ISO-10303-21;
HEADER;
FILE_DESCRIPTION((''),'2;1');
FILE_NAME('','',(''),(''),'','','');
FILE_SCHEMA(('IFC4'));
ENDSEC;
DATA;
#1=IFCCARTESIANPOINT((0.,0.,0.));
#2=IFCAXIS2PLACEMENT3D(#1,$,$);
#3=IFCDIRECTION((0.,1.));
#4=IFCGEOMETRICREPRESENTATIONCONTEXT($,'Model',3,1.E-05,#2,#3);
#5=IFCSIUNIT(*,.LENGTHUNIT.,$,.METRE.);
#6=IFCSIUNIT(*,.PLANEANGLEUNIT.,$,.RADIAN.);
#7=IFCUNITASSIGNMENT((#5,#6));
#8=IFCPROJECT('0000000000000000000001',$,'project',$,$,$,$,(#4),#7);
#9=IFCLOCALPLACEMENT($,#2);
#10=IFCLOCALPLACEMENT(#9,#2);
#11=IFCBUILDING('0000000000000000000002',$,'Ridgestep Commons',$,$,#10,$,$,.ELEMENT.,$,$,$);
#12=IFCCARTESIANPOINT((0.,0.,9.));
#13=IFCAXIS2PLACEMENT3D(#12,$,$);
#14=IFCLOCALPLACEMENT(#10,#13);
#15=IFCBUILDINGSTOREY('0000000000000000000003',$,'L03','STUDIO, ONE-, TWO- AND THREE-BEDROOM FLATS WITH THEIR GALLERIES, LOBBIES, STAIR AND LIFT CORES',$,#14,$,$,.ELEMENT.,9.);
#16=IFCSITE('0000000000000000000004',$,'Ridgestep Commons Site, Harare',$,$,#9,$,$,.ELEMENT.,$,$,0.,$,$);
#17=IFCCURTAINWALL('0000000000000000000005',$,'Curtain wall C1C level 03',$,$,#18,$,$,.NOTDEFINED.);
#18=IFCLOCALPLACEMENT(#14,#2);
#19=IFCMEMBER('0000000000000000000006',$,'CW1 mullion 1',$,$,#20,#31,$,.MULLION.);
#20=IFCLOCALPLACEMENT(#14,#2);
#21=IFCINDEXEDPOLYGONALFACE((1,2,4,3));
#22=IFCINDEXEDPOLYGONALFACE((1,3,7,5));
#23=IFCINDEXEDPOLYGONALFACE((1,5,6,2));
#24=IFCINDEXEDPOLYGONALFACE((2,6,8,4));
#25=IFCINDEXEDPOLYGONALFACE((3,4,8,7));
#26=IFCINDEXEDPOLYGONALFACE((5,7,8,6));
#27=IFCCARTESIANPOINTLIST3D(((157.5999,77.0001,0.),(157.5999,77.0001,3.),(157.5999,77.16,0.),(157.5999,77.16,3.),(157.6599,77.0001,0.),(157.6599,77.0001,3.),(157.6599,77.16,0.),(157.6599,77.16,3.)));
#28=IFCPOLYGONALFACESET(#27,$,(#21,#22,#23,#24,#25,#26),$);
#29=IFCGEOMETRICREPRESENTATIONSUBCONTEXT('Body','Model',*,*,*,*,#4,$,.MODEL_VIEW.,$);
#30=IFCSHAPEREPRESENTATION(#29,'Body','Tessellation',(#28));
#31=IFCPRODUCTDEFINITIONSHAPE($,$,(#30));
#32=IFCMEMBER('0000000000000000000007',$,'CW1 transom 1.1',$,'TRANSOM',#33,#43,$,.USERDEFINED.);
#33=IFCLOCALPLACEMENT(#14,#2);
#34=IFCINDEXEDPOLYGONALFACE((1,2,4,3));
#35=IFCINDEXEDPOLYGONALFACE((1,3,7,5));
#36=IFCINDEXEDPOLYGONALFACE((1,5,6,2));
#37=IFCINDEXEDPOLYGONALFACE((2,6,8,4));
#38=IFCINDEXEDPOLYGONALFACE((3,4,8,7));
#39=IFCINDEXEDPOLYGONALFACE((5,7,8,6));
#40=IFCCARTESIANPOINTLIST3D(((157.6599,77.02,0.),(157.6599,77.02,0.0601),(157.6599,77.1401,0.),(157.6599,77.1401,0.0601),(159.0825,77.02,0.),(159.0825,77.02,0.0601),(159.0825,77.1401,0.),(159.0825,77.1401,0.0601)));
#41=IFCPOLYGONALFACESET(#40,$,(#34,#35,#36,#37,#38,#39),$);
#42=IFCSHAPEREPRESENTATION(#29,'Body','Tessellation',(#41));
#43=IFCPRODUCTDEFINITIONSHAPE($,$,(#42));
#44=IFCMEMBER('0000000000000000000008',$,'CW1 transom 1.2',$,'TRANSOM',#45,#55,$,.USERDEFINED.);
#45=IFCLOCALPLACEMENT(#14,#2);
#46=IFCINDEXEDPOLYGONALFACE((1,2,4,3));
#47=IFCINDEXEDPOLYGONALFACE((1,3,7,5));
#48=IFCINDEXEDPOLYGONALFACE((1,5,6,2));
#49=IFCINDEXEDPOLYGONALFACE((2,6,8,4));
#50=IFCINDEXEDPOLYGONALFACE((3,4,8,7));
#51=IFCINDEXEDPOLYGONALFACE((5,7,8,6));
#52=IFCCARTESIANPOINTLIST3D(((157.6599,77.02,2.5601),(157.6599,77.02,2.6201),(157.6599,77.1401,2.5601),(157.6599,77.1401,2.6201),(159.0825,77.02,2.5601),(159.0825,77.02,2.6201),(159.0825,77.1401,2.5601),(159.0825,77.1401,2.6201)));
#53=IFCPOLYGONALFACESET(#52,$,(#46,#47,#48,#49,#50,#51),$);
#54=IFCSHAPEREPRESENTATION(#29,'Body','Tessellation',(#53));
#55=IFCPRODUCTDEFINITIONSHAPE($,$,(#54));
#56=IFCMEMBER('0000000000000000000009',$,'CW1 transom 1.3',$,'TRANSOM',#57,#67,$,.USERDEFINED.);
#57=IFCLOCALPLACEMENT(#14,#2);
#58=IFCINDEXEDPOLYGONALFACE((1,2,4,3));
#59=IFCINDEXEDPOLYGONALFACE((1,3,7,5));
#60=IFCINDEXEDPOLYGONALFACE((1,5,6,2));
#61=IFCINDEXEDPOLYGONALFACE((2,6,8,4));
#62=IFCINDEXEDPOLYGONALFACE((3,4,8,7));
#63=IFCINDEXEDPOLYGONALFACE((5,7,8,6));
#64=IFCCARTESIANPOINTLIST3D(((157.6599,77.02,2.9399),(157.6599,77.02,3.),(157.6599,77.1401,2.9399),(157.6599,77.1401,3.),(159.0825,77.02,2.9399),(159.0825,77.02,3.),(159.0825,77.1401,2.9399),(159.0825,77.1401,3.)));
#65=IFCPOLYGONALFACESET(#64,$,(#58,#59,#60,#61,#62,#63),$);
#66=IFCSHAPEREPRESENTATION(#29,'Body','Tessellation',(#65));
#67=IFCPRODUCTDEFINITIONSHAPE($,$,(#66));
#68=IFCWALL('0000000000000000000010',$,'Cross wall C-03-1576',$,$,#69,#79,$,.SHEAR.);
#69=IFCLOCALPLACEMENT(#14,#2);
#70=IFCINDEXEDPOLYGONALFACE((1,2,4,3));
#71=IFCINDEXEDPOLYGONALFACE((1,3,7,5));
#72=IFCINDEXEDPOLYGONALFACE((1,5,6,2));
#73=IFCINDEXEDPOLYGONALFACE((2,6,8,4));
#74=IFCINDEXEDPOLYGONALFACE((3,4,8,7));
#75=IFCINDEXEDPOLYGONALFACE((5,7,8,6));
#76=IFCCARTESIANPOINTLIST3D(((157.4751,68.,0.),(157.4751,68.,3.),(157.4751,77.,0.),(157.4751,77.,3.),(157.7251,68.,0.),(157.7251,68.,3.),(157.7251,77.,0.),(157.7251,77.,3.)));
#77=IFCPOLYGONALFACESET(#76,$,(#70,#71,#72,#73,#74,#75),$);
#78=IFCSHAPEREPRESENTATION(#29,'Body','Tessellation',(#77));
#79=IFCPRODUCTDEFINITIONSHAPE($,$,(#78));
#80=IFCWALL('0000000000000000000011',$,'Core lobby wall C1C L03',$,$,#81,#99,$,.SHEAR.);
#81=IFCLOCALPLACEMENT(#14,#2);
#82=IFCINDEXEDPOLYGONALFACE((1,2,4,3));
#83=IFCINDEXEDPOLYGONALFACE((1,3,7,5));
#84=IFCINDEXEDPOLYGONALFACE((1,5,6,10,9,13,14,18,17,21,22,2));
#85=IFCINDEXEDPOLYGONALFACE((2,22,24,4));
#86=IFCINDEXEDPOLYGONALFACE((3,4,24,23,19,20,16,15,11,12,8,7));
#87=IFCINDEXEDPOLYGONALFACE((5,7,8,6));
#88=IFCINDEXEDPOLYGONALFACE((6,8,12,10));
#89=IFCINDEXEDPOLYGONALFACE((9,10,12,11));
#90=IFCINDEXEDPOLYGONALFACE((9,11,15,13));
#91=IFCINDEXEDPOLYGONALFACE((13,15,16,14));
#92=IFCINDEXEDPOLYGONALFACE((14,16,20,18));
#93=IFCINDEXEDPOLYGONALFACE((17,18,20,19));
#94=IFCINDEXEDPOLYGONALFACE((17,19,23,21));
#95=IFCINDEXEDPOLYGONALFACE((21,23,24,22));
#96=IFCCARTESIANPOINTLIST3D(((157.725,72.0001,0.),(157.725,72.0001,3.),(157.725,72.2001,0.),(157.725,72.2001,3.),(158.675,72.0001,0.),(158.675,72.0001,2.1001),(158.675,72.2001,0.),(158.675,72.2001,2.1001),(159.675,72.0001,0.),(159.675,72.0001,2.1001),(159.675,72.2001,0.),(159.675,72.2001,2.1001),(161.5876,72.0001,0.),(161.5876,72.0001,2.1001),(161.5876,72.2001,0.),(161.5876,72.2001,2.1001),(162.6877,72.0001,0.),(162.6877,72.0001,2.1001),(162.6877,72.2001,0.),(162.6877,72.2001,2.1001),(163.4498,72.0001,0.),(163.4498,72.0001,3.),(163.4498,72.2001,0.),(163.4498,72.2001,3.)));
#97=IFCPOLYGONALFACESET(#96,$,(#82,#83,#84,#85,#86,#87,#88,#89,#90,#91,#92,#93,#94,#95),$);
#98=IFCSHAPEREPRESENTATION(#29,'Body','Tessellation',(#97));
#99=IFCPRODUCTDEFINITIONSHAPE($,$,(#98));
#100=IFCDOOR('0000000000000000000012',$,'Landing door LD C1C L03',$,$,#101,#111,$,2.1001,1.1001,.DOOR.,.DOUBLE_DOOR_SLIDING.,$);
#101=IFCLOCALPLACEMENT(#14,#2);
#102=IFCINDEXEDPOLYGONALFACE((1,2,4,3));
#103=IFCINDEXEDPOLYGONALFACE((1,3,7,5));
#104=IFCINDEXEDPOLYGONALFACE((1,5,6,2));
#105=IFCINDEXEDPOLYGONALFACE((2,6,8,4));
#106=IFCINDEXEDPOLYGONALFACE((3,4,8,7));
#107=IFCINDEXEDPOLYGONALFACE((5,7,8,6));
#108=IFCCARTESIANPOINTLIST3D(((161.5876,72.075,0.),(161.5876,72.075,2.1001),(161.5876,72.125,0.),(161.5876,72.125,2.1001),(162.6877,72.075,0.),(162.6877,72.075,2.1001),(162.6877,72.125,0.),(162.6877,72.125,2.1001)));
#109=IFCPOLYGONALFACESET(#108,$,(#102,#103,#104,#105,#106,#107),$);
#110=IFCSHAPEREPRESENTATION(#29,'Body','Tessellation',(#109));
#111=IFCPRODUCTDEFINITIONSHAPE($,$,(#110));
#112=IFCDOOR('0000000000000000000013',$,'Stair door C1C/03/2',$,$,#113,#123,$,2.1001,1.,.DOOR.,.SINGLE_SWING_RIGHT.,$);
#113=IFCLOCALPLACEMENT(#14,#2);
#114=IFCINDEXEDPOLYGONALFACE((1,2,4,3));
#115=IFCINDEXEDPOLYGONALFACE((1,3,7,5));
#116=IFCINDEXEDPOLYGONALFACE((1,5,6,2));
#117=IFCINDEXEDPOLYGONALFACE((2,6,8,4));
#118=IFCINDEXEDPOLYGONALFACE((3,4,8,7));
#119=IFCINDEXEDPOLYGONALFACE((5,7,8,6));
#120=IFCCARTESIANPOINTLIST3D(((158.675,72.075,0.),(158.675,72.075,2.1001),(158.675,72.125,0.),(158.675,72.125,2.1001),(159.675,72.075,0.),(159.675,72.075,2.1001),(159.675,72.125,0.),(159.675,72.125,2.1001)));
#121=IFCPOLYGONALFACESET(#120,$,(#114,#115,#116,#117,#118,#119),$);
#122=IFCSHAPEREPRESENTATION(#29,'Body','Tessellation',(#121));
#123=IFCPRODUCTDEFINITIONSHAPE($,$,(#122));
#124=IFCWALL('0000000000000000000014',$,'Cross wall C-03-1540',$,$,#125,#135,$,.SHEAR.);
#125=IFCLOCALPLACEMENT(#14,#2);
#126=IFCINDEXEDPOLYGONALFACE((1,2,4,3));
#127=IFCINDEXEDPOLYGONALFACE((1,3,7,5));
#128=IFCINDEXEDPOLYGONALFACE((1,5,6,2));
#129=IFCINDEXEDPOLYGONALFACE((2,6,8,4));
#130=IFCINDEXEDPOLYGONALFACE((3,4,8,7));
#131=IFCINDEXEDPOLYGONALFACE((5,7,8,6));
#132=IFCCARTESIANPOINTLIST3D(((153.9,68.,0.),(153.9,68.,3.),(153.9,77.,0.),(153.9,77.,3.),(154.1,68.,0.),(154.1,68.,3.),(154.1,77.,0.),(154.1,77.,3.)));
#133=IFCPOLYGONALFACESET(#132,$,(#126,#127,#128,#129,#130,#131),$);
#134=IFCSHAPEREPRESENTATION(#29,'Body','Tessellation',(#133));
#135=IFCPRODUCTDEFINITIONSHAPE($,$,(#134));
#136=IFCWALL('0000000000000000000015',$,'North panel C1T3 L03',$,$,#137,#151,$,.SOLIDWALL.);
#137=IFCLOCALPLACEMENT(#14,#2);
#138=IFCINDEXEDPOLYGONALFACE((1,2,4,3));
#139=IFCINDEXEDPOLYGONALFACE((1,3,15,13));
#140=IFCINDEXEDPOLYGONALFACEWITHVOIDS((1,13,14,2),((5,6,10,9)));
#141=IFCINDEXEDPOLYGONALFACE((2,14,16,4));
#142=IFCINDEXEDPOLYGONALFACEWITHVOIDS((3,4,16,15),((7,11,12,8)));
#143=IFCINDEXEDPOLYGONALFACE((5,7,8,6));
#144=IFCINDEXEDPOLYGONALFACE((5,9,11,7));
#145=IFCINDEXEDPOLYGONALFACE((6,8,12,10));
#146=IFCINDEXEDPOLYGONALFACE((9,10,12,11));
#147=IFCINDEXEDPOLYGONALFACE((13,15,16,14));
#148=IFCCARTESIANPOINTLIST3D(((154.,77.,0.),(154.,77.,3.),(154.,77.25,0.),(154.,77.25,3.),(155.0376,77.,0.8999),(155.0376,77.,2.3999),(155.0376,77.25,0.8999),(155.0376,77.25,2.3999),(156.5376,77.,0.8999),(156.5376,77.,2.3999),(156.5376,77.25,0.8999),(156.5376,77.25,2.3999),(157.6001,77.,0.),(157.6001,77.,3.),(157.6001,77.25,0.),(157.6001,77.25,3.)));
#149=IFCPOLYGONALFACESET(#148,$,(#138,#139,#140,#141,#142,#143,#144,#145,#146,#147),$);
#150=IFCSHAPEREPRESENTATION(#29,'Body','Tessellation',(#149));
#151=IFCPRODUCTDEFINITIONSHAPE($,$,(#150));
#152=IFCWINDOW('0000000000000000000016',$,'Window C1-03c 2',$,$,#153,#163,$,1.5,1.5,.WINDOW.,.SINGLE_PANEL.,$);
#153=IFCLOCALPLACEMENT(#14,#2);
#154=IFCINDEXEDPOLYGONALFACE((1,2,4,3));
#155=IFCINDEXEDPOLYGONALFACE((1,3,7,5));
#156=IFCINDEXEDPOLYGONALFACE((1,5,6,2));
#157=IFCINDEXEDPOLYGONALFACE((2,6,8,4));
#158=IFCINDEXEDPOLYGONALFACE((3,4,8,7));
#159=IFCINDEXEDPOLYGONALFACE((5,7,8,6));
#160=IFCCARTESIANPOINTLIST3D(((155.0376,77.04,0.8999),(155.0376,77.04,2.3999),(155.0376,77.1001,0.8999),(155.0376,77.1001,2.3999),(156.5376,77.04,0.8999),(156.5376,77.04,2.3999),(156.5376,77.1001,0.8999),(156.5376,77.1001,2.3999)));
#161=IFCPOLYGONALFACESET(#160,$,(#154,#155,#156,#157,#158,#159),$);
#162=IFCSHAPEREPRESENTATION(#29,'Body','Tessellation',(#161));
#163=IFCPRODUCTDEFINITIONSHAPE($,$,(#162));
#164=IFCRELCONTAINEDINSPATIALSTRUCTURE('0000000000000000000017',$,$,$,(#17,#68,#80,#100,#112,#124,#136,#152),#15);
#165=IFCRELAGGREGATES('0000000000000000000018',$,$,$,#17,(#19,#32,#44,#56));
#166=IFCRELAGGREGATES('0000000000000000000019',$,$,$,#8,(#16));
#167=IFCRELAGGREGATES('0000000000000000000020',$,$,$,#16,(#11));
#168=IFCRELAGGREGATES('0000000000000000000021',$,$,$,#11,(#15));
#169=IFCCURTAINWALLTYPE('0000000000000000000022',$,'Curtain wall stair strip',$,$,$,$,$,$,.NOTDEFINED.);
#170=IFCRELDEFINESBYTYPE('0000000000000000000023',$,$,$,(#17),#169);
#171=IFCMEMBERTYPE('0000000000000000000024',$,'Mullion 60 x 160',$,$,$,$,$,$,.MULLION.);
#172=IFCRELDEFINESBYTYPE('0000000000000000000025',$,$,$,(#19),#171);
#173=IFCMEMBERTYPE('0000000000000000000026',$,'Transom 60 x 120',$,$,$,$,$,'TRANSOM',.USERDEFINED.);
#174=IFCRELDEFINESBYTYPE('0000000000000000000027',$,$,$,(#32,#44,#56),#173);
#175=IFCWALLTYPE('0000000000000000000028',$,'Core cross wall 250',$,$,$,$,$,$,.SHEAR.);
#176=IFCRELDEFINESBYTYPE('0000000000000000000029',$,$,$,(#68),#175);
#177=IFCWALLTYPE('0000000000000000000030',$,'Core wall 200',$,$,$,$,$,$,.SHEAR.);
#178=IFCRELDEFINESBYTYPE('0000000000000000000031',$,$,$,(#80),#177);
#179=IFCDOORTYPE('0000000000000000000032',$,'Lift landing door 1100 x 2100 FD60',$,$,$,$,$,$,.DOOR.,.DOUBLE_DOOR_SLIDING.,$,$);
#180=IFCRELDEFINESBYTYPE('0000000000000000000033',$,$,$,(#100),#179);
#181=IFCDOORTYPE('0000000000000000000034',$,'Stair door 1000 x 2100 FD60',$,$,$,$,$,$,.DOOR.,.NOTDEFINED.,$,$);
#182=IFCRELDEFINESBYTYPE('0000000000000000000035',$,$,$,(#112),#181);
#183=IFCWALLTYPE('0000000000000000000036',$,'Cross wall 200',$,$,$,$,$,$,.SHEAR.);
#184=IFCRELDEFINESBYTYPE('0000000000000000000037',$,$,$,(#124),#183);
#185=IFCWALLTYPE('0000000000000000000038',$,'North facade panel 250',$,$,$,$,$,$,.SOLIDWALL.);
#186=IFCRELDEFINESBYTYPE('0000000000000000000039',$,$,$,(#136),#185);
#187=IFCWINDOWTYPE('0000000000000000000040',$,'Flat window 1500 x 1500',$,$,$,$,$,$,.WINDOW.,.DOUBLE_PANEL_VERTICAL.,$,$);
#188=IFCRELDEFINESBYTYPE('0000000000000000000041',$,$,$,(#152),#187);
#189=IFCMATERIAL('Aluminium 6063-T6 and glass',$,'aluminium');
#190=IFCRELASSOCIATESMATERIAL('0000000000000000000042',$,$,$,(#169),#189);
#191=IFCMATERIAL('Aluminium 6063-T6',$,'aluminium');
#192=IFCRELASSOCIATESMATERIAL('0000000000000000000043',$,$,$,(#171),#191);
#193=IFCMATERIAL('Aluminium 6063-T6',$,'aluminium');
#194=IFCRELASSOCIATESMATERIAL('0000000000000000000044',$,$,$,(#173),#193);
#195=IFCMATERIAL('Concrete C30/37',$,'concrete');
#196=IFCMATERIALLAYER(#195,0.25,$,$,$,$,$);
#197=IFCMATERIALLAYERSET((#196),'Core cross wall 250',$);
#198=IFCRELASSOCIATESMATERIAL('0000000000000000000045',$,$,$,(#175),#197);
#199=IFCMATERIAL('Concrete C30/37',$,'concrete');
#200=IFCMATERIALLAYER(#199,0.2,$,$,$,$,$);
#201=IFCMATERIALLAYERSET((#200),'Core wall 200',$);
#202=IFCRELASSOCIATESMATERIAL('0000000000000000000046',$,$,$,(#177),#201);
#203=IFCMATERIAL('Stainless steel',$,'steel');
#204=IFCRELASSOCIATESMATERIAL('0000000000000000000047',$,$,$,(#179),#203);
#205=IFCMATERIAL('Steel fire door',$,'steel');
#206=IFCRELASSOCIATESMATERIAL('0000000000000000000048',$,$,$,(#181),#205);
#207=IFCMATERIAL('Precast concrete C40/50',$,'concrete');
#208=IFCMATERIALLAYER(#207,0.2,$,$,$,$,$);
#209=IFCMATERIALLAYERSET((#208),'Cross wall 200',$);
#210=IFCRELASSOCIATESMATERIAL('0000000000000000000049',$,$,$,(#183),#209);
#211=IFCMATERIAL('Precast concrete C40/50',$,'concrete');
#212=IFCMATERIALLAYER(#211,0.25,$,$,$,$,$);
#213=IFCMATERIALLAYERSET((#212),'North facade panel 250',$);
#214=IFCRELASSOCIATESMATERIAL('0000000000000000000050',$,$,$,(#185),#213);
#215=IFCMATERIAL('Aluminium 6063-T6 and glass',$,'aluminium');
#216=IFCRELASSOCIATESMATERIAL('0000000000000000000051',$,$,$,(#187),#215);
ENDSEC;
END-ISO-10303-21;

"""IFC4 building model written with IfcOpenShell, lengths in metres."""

from ifc_helpers import new_model, si_unit, direction, frame, frame_2d, origin, origin_2d, place, context, subcontext, project, spatial, rectangle, extrude, material, layer, layer_set, material_profile, profile_set, type_object, element, fill, aggregate, save


model = new_model("IFC4")

# Units and contexts
model_context = context("Model", 3, precision=1e-05, world=origin(), true_north=direction((0.0, 1.0)))
body_context = subcontext(model_context, "Body", "Model", "MODEL_VIEW")
ifc_project = project(units=[si_unit("LENGTHUNIT", "METRE"), si_unit("PLANEANGLEUNIT", "RADIAN")], contexts=[model_context])

# Site, building, storey
site_placement = place(None, origin())
site = spatial("IfcSite", under=ifc_project, at=site_placement, Name="Ridgestep Commons Site, Harare", CompositionType="ELEMENT", RefElevation=0.0)
building_placement = place(site_placement, origin())
building = spatial("IfcBuilding", under=site, at=building_placement, Name="Ridgestep Commons", CompositionType="ELEMENT")
storey_placement = place(building_placement, frame((0.0, 0.0, 9.0)))
storey = spatial("IfcBuildingStorey", under=building, at=storey_placement, Name="L03", Description="STUDIO, ONE-, TWO- AND THREE-BEDROOM FLATS WITH THEIR GALLERIES, LOBBIES, STAIR AND LIFT CORES", CompositionType="ELEMENT", Elevation=9.0)

# Curtain wall, members
ifc_material_1 = material(Name="Aluminium 6063-T6 and glass", Category="aluminium")
curtain_wall_type = type_object("IfcCurtainWallType", Name="Curtain wall stair strip", PredefinedType="NOTDEFINED", material=ifc_material_1)
curtain_wall_placement = place(storey_placement, origin())
curtain_wall = element("IfcCurtainWall", 1, at=curtain_wall_placement, inside=storey, type_object=curtain_wall_type, Name="Curtain wall C1C level 03", PredefinedType="NOTDEFINED")
ifc_material_2 = material(Name="Aluminium 6063-T6", Category="aluminium")
ifc_material_profile_1 = material_profile(ifc_material_2, rectangle(XDim=0.1599, YDim=0.0601, at=origin_2d()), Name="Mullion 60 x 160")
ifc_profile_set_1 = profile_set([ifc_material_profile_1], Name="Aluminium 6063-T6")
member_type_1 = type_object("IfcMemberType", Name="Mullion 60 x 160", PredefinedType="MULLION", material=ifc_profile_set_1)
member_1_placement = place(storey_placement, frame((157.6299, 77.0801, 0.0), z_axis=(0.0, 0.0, 1.0), x_axis=(0.0, 1.0, 0.0)))
member_1 = element("IfcMember", 2, at=member_1_placement, type_object=member_type_1, Name="CW1 mullion 1", PredefinedType="MULLION", context=body_context, shape_type="SweptSolid", body=[
    extrude(rectangle(XDim=0.1599, YDim=0.0601, at=origin_2d()), origin(), (0.0, 0.0, 1.0), 3.0),
])
ifc_material_3 = material(Name="Aluminium 6063-T6", Category="aluminium")
ifc_material_profile_2 = material_profile(ifc_material_3, rectangle(XDim=0.1201, YDim=0.0601, at=origin_2d()), Name="Transom 60 x 120")
ifc_profile_set_2 = profile_set([ifc_material_profile_2], Name="Aluminium 6063-T6")
member_type_2 = type_object("IfcMemberType", Name="Transom 60 x 120", ElementType="TRANSOM", PredefinedType="USERDEFINED", material=ifc_profile_set_2)
member_2_placement = place(storey_placement, frame((157.6599, 77.0801, 0.03), z_axis=(1.0, 0.0, 0.0), x_axis=(0.0, 1.0, 0.0)))
member_2 = element("IfcMember", 3, at=member_2_placement, type_object=member_type_2, Name="CW1 transom 1.1", ObjectType="TRANSOM", PredefinedType="USERDEFINED", context=body_context, shape_type="SweptSolid", body=[
    extrude(rectangle(XDim=0.1201, YDim=0.0601, at=origin_2d()), origin(), (0.0, 0.0, 1.0), 1.4226),
])
member_3_placement = place(storey_placement, frame((157.6599, 77.0801, 2.5901), z_axis=(1.0, 0.0, 0.0), x_axis=(0.0, 1.0, 0.0)))
member_3 = element("IfcMember", 4, at=member_3_placement, type_object=member_type_2, Name="CW1 transom 1.2", ObjectType="TRANSOM", PredefinedType="USERDEFINED", context=body_context, shape_type="SweptSolid", body=[
    extrude(rectangle(XDim=0.1201, YDim=0.0601, at=origin_2d()), origin(), (0.0, 0.0, 1.0), 1.4226),
])
member_4_placement = place(storey_placement, frame((157.6599, 77.0801, 2.97), z_axis=(1.0, 0.0, 0.0), x_axis=(0.0, 1.0, 0.0)))
member_4 = element("IfcMember", 5, at=member_4_placement, type_object=member_type_2, Name="CW1 transom 1.3", ObjectType="TRANSOM", PredefinedType="USERDEFINED", context=body_context, shape_type="SweptSolid", body=[
    extrude(rectangle(XDim=0.1201, YDim=0.0601, at=origin_2d()), origin(), (0.0, 0.0, 1.0), 1.4226),
])
aggregate(curtain_wall, [member_1, member_2, member_3, member_4])

# Wall
ifc_material_4 = material(Name="Concrete C30/37", Category="concrete")
ifc_layer_1 = layer(ifc_material_4, 0.25)
ifc_layer_set_1 = layer_set([ifc_layer_1], Name="Core cross wall 250")
wall_type_1 = type_object("IfcWallType", Name="Core cross wall 250", PredefinedType="SHEAR", material=ifc_layer_set_1)
wall_1_placement = place(storey_placement, frame((157.6001, 68.0, 0.0), z_axis=(0.0, 0.0, 1.0), x_axis=(0.0, 1.0, 0.0)))
element("IfcWall", 6, at=wall_1_placement, inside=storey, type_object=wall_type_1, Name="Cross wall C-03-1576", PredefinedType="SHEAR", context=body_context, shape_type="SweptSolid", body=[
    extrude(rectangle(XDim=9.0, YDim=0.25, at=frame_2d((4.5, 0.0))), origin(), (0.0, 0.0, 1.0), 3.0),
])

# Wall, openings, doors
ifc_material_5 = material(Name="Concrete C30/37", Category="concrete")
ifc_layer_2 = layer(ifc_material_5, 0.2)
ifc_layer_set_2 = layer_set([ifc_layer_2], Name="Core wall 200")
wall_type_2 = type_object("IfcWallType", Name="Core wall 200", PredefinedType="SHEAR", material=ifc_layer_set_2)
wall_2_placement = place(storey_placement, frame((157.7251, 72.1001, 0.0), z_axis=(0.0, 0.0, 1.0), x_axis=(1.0, 0.0, 0.0)))
wall_2 = element("IfcWall", 7, at=wall_2_placement, inside=storey, type_object=wall_type_2, Name="Core lobby wall C1C L03", PredefinedType="SHEAR", context=body_context, shape_type="SweptSolid", body=[
    extrude(rectangle(XDim=5.7249, YDim=0.2, at=frame_2d((2.8623, 0.0))), origin(), (0.0, 0.0, 1.0), 3.0),
])
opening_1_placement = place(wall_2_placement, frame((0.95, 0.0, 0.0)))
opening_1 = element("IfcOpeningElement", 8, at=opening_1_placement, cuts=wall_2, PredefinedType="OPENING", context=body_context, shape_type="SweptSolid", body=[
    extrude(rectangle(XDim=1.0, YDim=2.1001, at=frame_2d((0.5, 1.05))), frame((0.0, 0.1099, 0.0), z_axis=(0.0, -1.0, 0.0), x_axis=(1.0, 0.0, 0.0)), (0.0, 0.0, 1.0), 0.22),
])
opening_2_placement = place(wall_2_placement, frame((3.8625, 0.0, 0.0)))
opening_2 = element("IfcOpeningElement", 9, at=opening_2_placement, cuts=wall_2, PredefinedType="OPENING", context=body_context, shape_type="SweptSolid", body=[
    extrude(rectangle(XDim=1.1001, YDim=2.1001, at=frame_2d((0.55, 1.05))), frame((0.0, 0.1099, 0.0), z_axis=(0.0, -1.0, 0.0), x_axis=(1.0, 0.0, 0.0)), (0.0, 0.0, 1.0), 0.22),
])
ifc_material_6 = material(Name="Stainless steel", Category="steel")
door_type_1 = type_object("IfcDoorType", Name="Lift landing door 1100 x 2100 FD60", OperationType="DOUBLE_DOOR_SLIDING", PredefinedType="DOOR", material=ifc_material_6)
door_1_placement = place(opening_2_placement, origin())
door_1 = element("IfcDoor", 10, at=door_1_placement, inside=storey, type_object=door_type_1, Name="Landing door LD C1C L03", OperationType="DOUBLE_DOOR_SLIDING", OverallHeight=2.1001, OverallWidth=1.1001, PredefinedType="DOOR", context=body_context, shape_type="SweptSolid", body=[
    extrude(rectangle(XDim=1.1001, YDim=2.1001, at=frame_2d((0.55, 1.05))), frame((0.0, 0.0249, 0.0), z_axis=(0.0, -1.0, 0.0), x_axis=(1.0, 0.0, 0.0)), (0.0, 0.0, 1.0), 0.05),
])
fill(opening_2, door_1)
ifc_material_7 = material(Name="Steel fire door", Category="steel")
door_type_2 = type_object("IfcDoorType", Name="Stair door 1000 x 2100 FD60", OperationType="NOTDEFINED", PredefinedType="DOOR", material=ifc_material_7)
door_2_placement = place(opening_1_placement, origin())
door_2 = element("IfcDoor", 11, at=door_2_placement, inside=storey, type_object=door_type_2, Name="Stair door C1C/03/2", OperationType="SINGLE_SWING_RIGHT", OverallHeight=2.1001, OverallWidth=1.0, PredefinedType="DOOR", context=body_context, shape_type="SweptSolid", body=[
    extrude(rectangle(XDim=1.0, YDim=2.1001, at=frame_2d((0.5, 1.05))), frame((0.0, 0.0249, 0.0), z_axis=(0.0, -1.0, 0.0), x_axis=(1.0, 0.0, 0.0)), (0.0, 0.0, 1.0), 0.05),
])
fill(opening_1, door_2)

# Wall
ifc_material_8 = material(Name="Precast concrete C40/50", Category="concrete")
ifc_layer_3 = layer(ifc_material_8, 0.2)
ifc_layer_set_3 = layer_set([ifc_layer_3], Name="Cross wall 200")
wall_type_3 = type_object("IfcWallType", Name="Cross wall 200", PredefinedType="SHEAR", material=ifc_layer_set_3)
wall_3_placement = place(storey_placement, frame((154.0, 68.0, 0.0), z_axis=(0.0, 0.0, 1.0), x_axis=(0.0, 1.0, 0.0)))
element("IfcWall", 12, at=wall_3_placement, inside=storey, type_object=wall_type_3, Name="Cross wall C-03-1540", PredefinedType="SHEAR", context=body_context, shape_type="SweptSolid", body=[
    extrude(rectangle(XDim=9.0, YDim=0.2, at=frame_2d((4.5, 0.0))), origin(), (0.0, 0.0, 1.0), 3.0),
])

# Wall, opening, window
ifc_material_9 = material(Name="Precast concrete C40/50", Category="concrete")
ifc_layer_4 = layer(ifc_material_9, 0.25)
ifc_layer_set_4 = layer_set([ifc_layer_4], Name="North facade panel 250")
wall_type_4 = type_object("IfcWallType", Name="North facade panel 250", PredefinedType="SOLIDWALL", material=ifc_layer_set_4)
wall_4_placement = place(storey_placement, frame((154.0, 77.125, 0.0), z_axis=(0.0, 0.0, 1.0), x_axis=(1.0, 0.0, 0.0)))
wall_4 = element("IfcWall", 13, at=wall_4_placement, inside=storey, type_object=wall_type_4, Name="North panel C1T3 L03", PredefinedType="SOLIDWALL", context=body_context, shape_type="SweptSolid", body=[
    extrude(rectangle(XDim=3.6001, YDim=0.25, at=frame_2d((1.8, 0.0))), origin(), (0.0, 0.0, 1.0), 3.0),
])
opening_3_placement = place(wall_4_placement, frame((1.0376, 0.0, 0.8999)))
opening_3 = element("IfcOpeningElement", 14, at=opening_3_placement, cuts=wall_4, PredefinedType="OPENING", context=body_context, shape_type="SweptSolid", body=[
    extrude(rectangle(XDim=1.5, YDim=1.5, at=frame_2d((0.75, 0.75))), frame((0.0, 0.135, 0.0), z_axis=(0.0, -1.0, 0.0), x_axis=(1.0, 0.0, 0.0)), (0.0, 0.0, 1.0), 0.27),
])
ifc_material_10 = material(Name="Aluminium 6063-T6 and glass", Category="aluminium")
window_type = type_object("IfcWindowType", Name="Flat window 1500 x 1500", PartitioningType="DOUBLE_PANEL_VERTICAL", PredefinedType="WINDOW", material=ifc_material_10)
window_placement = place(opening_3_placement, origin())
window = element("IfcWindow", 15, at=window_placement, inside=storey, type_object=window_type, Name="Window C1-03c 2", OverallHeight=1.5, OverallWidth=1.5, PartitioningType="SINGLE_PANEL", PredefinedType="WINDOW", context=body_context, shape_type="SweptSolid", body=[
    extrude(rectangle(XDim=1.5, YDim=1.5, at=frame_2d((0.75, 0.75))), frame((0.0, -0.0249, 0.0), z_axis=(0.0, -1.0, 0.0), x_axis=(1.0, 0.0, 0.0)), (0.0, 0.0, 1.0), 0.0601),
])
fill(opening_3, window)

save(model, "model.ifc")
